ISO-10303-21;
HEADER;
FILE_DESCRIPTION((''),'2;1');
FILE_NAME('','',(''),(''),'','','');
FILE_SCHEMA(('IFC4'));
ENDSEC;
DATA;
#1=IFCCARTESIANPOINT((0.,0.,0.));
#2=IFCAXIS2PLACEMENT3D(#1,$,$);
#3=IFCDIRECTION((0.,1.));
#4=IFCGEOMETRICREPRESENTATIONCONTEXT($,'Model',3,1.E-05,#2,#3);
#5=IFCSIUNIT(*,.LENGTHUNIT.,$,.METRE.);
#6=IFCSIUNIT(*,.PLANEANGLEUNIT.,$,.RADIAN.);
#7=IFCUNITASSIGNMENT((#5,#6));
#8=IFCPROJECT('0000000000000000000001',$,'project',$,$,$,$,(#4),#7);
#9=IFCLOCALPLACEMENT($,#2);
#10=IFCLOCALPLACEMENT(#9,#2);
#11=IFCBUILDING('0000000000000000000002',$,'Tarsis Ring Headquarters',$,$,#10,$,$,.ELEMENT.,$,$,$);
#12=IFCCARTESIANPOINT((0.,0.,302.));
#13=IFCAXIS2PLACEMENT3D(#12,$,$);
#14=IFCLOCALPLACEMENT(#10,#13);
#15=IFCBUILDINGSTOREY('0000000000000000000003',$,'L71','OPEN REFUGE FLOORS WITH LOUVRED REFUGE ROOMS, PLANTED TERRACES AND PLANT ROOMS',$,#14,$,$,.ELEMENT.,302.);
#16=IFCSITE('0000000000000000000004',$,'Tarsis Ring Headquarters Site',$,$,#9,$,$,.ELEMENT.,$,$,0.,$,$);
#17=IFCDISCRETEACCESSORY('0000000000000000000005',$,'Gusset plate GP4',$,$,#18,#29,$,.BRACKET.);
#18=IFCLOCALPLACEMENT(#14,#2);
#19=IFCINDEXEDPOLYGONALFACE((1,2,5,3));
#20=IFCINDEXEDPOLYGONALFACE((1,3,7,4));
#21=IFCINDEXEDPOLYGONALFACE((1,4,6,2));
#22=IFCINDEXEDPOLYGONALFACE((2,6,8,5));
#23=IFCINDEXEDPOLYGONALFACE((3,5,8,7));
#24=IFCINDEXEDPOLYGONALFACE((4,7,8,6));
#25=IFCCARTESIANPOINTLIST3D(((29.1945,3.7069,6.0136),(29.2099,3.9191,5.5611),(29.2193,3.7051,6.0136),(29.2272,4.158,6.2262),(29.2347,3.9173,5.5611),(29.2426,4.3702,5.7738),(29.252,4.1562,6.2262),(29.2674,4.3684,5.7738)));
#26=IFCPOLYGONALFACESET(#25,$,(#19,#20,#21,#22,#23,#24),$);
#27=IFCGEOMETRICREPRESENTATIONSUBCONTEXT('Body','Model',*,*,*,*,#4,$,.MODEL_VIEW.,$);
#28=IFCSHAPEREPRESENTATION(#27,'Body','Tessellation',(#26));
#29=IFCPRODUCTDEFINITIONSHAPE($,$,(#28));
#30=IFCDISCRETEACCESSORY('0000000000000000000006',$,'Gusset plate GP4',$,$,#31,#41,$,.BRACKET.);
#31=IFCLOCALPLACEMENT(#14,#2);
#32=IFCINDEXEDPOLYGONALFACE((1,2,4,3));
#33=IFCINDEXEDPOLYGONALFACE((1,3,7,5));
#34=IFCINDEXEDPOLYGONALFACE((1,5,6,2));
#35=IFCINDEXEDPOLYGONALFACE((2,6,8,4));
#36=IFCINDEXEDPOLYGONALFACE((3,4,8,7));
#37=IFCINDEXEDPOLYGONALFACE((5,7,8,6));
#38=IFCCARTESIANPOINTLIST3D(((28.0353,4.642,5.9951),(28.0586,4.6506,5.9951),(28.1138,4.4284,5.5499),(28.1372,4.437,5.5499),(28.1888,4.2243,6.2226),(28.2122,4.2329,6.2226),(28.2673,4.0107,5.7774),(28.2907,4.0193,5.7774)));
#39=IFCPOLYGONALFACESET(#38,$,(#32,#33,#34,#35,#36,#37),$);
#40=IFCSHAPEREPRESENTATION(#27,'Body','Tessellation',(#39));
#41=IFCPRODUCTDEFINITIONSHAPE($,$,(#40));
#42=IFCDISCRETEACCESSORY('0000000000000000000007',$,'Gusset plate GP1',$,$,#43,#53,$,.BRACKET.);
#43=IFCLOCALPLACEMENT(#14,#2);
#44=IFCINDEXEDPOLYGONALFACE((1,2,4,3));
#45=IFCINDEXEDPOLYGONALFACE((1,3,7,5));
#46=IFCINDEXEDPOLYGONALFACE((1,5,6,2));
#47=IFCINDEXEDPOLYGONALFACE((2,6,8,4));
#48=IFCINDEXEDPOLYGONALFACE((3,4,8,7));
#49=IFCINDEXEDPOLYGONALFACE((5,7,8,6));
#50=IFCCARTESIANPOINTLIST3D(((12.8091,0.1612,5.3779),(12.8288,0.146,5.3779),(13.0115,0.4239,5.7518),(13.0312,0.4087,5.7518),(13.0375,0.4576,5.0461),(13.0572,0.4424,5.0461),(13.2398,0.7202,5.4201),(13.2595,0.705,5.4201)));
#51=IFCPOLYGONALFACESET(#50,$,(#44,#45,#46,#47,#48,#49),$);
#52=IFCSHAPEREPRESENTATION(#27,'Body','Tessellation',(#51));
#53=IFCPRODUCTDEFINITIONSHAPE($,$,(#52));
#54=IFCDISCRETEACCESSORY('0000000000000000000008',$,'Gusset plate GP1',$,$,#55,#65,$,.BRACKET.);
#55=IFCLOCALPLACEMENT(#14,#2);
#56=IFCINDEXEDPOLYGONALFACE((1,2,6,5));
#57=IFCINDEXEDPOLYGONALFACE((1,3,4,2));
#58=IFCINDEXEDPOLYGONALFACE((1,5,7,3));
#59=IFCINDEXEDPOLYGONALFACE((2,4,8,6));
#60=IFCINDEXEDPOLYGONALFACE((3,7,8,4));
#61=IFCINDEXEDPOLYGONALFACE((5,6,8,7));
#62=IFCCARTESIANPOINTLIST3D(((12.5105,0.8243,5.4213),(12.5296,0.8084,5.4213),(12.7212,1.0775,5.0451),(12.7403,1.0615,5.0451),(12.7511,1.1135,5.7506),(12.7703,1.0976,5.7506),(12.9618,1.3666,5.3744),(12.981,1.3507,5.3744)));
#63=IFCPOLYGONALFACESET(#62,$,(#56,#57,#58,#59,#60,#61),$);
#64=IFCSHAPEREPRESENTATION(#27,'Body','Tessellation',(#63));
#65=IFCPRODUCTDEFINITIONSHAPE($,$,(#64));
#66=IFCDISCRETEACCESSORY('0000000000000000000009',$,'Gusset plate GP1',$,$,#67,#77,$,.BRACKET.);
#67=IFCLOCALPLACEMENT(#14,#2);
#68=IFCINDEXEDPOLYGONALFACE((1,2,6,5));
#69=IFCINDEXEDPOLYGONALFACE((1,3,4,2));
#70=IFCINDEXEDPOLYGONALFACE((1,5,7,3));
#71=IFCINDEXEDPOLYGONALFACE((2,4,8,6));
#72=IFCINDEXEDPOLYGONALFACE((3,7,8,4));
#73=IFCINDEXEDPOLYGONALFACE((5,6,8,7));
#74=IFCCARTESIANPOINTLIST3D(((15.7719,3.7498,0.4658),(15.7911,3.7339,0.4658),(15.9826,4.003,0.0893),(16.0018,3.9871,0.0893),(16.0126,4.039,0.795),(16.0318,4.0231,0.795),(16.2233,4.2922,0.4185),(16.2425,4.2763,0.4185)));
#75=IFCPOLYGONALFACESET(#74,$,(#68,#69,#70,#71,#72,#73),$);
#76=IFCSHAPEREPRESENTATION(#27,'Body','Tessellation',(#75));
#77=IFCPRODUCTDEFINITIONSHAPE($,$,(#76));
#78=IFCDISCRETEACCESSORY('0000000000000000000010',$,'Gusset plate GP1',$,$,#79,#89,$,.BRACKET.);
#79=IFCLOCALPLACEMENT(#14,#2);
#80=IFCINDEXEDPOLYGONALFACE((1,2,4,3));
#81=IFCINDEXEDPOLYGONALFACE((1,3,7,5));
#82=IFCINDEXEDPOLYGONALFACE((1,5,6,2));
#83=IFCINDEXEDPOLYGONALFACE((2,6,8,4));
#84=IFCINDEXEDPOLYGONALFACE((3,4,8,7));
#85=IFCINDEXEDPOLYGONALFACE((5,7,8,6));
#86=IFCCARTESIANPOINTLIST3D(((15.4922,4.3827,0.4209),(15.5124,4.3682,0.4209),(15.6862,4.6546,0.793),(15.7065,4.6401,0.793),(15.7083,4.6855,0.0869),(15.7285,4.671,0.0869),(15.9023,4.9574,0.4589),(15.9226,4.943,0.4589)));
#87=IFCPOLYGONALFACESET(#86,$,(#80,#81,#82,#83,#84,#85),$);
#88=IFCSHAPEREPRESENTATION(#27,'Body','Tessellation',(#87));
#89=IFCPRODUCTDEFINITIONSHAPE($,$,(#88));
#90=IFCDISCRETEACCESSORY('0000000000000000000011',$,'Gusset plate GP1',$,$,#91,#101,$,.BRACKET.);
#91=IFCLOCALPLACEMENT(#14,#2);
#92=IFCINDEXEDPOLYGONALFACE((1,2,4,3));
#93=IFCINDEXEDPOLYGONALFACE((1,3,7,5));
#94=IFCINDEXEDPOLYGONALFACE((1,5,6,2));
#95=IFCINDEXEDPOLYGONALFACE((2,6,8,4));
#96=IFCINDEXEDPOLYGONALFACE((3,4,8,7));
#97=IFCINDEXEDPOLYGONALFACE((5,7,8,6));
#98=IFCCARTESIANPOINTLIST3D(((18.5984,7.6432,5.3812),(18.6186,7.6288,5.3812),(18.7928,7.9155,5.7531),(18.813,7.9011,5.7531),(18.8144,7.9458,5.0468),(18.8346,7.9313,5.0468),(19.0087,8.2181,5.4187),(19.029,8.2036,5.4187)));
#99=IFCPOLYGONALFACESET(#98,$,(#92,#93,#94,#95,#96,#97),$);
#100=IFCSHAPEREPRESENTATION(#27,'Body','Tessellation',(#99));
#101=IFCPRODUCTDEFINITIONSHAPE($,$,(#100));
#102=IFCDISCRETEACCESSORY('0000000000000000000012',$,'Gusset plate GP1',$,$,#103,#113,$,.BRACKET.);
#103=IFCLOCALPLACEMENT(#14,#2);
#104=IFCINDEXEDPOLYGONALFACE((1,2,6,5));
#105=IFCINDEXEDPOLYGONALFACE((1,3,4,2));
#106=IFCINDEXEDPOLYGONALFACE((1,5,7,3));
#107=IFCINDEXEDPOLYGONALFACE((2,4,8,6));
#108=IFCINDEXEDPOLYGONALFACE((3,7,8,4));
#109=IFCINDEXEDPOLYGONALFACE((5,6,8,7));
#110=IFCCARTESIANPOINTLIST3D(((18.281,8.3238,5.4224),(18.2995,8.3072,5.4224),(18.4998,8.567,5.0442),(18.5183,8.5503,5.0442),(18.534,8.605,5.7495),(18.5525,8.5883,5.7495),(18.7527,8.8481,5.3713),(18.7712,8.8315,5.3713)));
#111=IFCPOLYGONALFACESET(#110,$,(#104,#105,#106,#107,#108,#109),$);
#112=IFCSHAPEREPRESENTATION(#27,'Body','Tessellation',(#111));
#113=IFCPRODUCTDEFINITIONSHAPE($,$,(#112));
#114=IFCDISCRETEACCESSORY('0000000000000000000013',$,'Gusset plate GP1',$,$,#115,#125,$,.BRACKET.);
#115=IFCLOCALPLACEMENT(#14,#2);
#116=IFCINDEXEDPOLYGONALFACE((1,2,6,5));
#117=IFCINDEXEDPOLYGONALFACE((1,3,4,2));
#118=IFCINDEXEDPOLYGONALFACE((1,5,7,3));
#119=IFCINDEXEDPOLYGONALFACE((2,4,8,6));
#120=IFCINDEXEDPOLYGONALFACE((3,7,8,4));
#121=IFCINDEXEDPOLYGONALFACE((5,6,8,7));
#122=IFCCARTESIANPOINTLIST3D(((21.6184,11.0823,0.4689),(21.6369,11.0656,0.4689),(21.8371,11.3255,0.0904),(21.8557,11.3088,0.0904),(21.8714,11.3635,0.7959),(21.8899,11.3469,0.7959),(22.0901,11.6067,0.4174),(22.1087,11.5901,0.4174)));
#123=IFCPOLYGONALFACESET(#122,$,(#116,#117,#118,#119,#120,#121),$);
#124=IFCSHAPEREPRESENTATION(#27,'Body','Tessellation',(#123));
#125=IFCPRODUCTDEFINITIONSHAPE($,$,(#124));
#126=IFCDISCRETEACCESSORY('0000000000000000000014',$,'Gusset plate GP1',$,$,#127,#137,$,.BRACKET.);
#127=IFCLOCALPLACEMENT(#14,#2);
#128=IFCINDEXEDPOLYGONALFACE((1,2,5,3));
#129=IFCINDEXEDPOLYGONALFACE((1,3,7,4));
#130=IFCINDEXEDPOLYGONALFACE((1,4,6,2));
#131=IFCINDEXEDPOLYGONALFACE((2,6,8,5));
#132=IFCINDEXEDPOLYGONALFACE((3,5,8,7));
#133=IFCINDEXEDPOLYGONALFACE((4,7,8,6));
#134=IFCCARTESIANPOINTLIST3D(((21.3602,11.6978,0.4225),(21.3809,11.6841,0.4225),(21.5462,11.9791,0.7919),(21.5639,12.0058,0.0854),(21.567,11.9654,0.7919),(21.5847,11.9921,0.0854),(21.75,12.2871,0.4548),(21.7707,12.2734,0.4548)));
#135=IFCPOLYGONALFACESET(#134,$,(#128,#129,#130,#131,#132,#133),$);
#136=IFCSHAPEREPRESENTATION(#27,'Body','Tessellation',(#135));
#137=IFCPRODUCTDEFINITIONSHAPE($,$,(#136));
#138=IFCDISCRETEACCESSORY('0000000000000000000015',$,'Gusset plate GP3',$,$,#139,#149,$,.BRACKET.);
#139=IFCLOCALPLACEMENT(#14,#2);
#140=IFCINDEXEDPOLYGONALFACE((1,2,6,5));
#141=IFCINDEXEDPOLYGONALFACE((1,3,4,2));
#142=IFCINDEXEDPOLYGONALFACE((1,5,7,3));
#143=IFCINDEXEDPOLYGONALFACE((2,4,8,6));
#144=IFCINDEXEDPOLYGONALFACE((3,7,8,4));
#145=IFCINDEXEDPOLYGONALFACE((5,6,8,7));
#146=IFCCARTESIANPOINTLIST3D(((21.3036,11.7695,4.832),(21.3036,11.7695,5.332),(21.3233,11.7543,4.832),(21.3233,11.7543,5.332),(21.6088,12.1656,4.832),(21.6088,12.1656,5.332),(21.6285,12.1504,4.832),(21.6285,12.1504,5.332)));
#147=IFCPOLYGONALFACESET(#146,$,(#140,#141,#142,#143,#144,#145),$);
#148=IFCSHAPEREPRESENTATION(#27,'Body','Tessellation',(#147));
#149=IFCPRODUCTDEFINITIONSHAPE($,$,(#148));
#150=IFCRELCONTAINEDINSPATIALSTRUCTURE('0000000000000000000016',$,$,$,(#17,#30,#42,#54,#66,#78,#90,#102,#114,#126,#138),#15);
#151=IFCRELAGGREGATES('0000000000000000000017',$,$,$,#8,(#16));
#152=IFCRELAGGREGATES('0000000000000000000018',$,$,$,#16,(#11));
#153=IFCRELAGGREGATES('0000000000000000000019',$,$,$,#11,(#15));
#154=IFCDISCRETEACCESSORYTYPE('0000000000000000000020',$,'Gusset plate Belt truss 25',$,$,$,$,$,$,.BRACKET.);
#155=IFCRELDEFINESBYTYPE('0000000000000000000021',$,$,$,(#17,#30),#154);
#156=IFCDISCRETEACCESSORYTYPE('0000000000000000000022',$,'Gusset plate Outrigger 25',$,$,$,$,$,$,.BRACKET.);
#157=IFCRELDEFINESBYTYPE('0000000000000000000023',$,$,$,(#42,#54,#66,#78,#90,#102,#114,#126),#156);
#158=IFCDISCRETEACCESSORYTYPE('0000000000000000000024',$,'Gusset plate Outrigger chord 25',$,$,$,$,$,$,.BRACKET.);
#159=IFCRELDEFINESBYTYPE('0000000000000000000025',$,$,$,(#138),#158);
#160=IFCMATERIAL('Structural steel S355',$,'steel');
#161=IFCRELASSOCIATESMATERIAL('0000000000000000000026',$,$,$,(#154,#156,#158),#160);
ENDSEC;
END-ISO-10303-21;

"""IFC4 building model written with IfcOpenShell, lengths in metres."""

from ifc_helpers import new_model, si_unit, direction, frame, origin, origin_2d, place, context, subcontext, project, spatial, rectangle, extrude, material, material_profile, profile_set, type_object, element, save


model = new_model("IFC4")

# Units and contexts
model_context = context("Model", 3, precision=1e-05, world=origin(), true_north=direction((0.0, 1.0)))
body_context = subcontext(model_context, "Body", "Model", "MODEL_VIEW")
ifc_project = project(units=[si_unit("LENGTHUNIT", "METRE"), si_unit("PLANEANGLEUNIT", "RADIAN")], contexts=[model_context])

# Site, building, storey
site_placement = place(None, origin())
site = spatial("IfcSite", under=ifc_project, at=site_placement, Name="Tarsis Ring Headquarters Site", CompositionType="ELEMENT", RefElevation=0.0)
building_placement = place(site_placement, origin())
building = spatial("IfcBuilding", under=site, at=building_placement, Name="Tarsis Ring Headquarters", CompositionType="ELEMENT")
storey_placement = place(building_placement, frame((0.0, 0.0, 302.0)))
storey = spatial("IfcBuildingStorey", under=building, at=storey_placement, Name="L71", Description="OPEN REFUGE FLOORS WITH LOUVRED REFUGE ROOMS, PLANTED TERRACES AND PLANT ROOMS", CompositionType="ELEMENT", Elevation=302.0)

# Shared definitions
ifc_material_1 = material(Name="Structural steel S355", Category="steel")

# Discrete accessories
ifc_material_profile_1 = material_profile(ifc_material_1, rectangle(XDim=0.0249, YDim=0.5, at=origin_2d()), Name="PL 25x500")
ifc_profile_set_1 = profile_set([ifc_material_profile_1], Name="Structural steel S355")
discrete_accessory_type_1 = type_object("IfcDiscreteAccessoryType", Name="Gusset plate Belt truss 25", PredefinedType="BRACKET", material=ifc_profile_set_1)
for number, where, z_axis, x_axis, name in (
    (1, (29.2473, 4.2632, 6.0), (-0.06545, -0.902624, -0.425425), (0.997381, -0.072321, 0.0), "Gusset plate GP4"),
    (2, (28.2397, 4.1218, 6.0), (-0.307221, 0.8357, -0.455215), (-0.938586, -0.345044, 0.0), "Gusset plate GP4"),
):
    element("IfcDiscreteAccessory", number, at=place(storey_placement, frame(where, z_axis=z_axis, x_axis=x_axis)), inside=storey, type_object=discrete_accessory_type_1, Name=name, PredefinedType="BRACKET", context=body_context, shape_type="SweptSolid", body=[
        extrude(rectangle(XDim=0.0249, YDim=0.5, at=origin_2d()), origin(), (0.0, 0.0, 1.0), 0.4998),
    ])
discrete_accessory_type_2 = type_object("IfcDiscreteAccessoryType", Name="Gusset plate Outrigger 25", PredefinedType="BRACKET", material=ifc_profile_set_1)
discrete_accessory_1_placement = place(storey_placement, frame((13.1355, 0.5645, 5.5859), z_axis=(-0.404894, -0.525532, -0.748249), x_axis=(0.792158, -0.610315, 0.0)))
element("IfcDiscreteAccessory", 3, at=discrete_accessory_1_placement, inside=storey, type_object=discrete_accessory_type_2, Name="Gusset plate GP1", PredefinedType="BRACKET", context=body_context, shape_type="SweptSolid", body=[
    extrude(rectangle(XDim=0.0249, YDim=0.5, at=origin_2d()), origin(), (0.0, 0.0, 1.0), 0.4998),
])
discrete_accessory_2_placement = place(storey_placement, frame((12.6404, 0.9609, 5.5859), z_axis=(0.421361, 0.506317, -0.752395), x_axis=(-0.768646, 0.639674, 0.0)))
element("IfcDiscreteAccessory", 4, at=discrete_accessory_2_placement, inside=storey, type_object=discrete_accessory_type_2, Name="Gusset plate GP1", PredefinedType="BRACKET", context=body_context, shape_type="SweptSolid", body=[
    extrude(rectangle(XDim=0.0249, YDim=0.5, at=origin_2d()), origin(), (0.0, 0.0, 1.0), 0.5),
])
discrete_accessory_3_placement = place(storey_placement, frame((16.1125, 4.1396, 0.2539), z_axis=(-0.421206, -0.506131, 0.752607), x_axis=(0.768646, -0.639674, 0.0)))
element("IfcDiscreteAccessory", 5, at=discrete_accessory_3_placement, inside=storey, type_object=discrete_accessory_type_2, Name="Gusset plate GP1", PredefinedType="BRACKET", context=body_context, shape_type="SweptSolid", body=[
    extrude(rectangle(XDim=0.0249, YDim=0.5, at=origin_2d()), origin(), (0.0, 0.0, 1.0), 0.5002),
])
discrete_accessory_4_placement = place(storey_placement, frame((15.6104, 4.5269, 0.2539), z_axis=(0.388124, 0.543861, 0.744026), x_axis=(-0.81398, 0.580893, 0.0)))
element("IfcDiscreteAccessory", 6, at=discrete_accessory_4_placement, inside=storey, type_object=discrete_accessory_type_2, Name="Gusset plate GP1", PredefinedType="BRACKET", context=body_context, shape_type="SweptSolid", body=[
    extrude(rectangle(XDim=0.0249, YDim=0.5, at=origin_2d()), origin(), (0.0, 0.0, 1.0), 0.5),
])
discrete_accessory_5_placement = place(storey_placement, frame((18.9109, 8.0596, 5.5859), z_axis=(-0.388576, -0.5443, -0.743469), x_axis=(0.813881, -0.581031, 0.0)))
element("IfcDiscreteAccessory", 7, at=discrete_accessory_5_placement, inside=storey, type_object=discrete_accessory_type_2, Name="Gusset plate GP1", PredefinedType="BRACKET", context=body_context, shape_type="SweptSolid", body=[
    extrude(rectangle(XDim=0.0249, YDim=0.5, at=origin_2d()), origin(), (0.0, 0.0, 1.0), 0.5002),
])
discrete_accessory_6_placement = place(storey_placement, frame((18.4167, 8.4561, 5.5859), z_axis=(0.437504, 0.486332, -0.756354), x_axis=(-0.743443, 0.6688, 0.0)))
element("IfcDiscreteAccessory", 8, at=discrete_accessory_6_placement, inside=storey, type_object=discrete_accessory_type_2, Name="Gusset plate GP1", PredefinedType="BRACKET", context=body_context, shape_type="SweptSolid", body=[
    extrude(rectangle(XDim=0.0249, YDim=0.5, at=origin_2d()), origin(), (0.0, 0.0, 1.0), 0.5),
])
for number, where, z_axis, x_axis, name in (
    (9, (21.9729, 11.4578, 0.2539), (-0.437342, -0.486153, 0.756563), (0.743443, -0.6688, 0.0), "Gusset plate GP1"),
    (10, (21.4724, 11.845, 0.2539), (0.371954, 0.562325, 0.73854), (-0.83405, 0.551689, 0.0), "Gusset plate GP1"),
):
    element("IfcDiscreteAccessory", number, at=place(storey_placement, frame(where, z_axis=z_axis, x_axis=x_axis)), inside=storey, type_object=discrete_accessory_type_2, Name=name, PredefinedType="BRACKET", context=body_context, shape_type="SweptSolid", body=[
        extrude(rectangle(XDim=0.0249, YDim=0.5, at=origin_2d()), origin(), (0.0, 0.0, 1.0), 0.5002),
    ])
discrete_accessory_type_3 = type_object("IfcDiscreteAccessoryType", Name="Gusset plate Outrigger chord 25", PredefinedType="BRACKET", material=ifc_profile_set_1)
discrete_accessory_7_placement = place(storey_placement, frame((21.4661, 11.96, 5.332), z_axis=(0.0, 0.0, -1.0), x_axis=(-0.792109, 0.610379, 0.0)))
element("IfcDiscreteAccessory", 11, at=discrete_accessory_7_placement, inside=storey, type_object=discrete_accessory_type_3, Name="Gusset plate GP3", PredefinedType="BRACKET", context=body_context, shape_type="SweptSolid", body=[
    extrude(rectangle(XDim=0.0249, YDim=0.5, at=origin_2d()), origin(), (0.0, 0.0, 1.0), 0.5),
])

save(model, "model.ifc")
